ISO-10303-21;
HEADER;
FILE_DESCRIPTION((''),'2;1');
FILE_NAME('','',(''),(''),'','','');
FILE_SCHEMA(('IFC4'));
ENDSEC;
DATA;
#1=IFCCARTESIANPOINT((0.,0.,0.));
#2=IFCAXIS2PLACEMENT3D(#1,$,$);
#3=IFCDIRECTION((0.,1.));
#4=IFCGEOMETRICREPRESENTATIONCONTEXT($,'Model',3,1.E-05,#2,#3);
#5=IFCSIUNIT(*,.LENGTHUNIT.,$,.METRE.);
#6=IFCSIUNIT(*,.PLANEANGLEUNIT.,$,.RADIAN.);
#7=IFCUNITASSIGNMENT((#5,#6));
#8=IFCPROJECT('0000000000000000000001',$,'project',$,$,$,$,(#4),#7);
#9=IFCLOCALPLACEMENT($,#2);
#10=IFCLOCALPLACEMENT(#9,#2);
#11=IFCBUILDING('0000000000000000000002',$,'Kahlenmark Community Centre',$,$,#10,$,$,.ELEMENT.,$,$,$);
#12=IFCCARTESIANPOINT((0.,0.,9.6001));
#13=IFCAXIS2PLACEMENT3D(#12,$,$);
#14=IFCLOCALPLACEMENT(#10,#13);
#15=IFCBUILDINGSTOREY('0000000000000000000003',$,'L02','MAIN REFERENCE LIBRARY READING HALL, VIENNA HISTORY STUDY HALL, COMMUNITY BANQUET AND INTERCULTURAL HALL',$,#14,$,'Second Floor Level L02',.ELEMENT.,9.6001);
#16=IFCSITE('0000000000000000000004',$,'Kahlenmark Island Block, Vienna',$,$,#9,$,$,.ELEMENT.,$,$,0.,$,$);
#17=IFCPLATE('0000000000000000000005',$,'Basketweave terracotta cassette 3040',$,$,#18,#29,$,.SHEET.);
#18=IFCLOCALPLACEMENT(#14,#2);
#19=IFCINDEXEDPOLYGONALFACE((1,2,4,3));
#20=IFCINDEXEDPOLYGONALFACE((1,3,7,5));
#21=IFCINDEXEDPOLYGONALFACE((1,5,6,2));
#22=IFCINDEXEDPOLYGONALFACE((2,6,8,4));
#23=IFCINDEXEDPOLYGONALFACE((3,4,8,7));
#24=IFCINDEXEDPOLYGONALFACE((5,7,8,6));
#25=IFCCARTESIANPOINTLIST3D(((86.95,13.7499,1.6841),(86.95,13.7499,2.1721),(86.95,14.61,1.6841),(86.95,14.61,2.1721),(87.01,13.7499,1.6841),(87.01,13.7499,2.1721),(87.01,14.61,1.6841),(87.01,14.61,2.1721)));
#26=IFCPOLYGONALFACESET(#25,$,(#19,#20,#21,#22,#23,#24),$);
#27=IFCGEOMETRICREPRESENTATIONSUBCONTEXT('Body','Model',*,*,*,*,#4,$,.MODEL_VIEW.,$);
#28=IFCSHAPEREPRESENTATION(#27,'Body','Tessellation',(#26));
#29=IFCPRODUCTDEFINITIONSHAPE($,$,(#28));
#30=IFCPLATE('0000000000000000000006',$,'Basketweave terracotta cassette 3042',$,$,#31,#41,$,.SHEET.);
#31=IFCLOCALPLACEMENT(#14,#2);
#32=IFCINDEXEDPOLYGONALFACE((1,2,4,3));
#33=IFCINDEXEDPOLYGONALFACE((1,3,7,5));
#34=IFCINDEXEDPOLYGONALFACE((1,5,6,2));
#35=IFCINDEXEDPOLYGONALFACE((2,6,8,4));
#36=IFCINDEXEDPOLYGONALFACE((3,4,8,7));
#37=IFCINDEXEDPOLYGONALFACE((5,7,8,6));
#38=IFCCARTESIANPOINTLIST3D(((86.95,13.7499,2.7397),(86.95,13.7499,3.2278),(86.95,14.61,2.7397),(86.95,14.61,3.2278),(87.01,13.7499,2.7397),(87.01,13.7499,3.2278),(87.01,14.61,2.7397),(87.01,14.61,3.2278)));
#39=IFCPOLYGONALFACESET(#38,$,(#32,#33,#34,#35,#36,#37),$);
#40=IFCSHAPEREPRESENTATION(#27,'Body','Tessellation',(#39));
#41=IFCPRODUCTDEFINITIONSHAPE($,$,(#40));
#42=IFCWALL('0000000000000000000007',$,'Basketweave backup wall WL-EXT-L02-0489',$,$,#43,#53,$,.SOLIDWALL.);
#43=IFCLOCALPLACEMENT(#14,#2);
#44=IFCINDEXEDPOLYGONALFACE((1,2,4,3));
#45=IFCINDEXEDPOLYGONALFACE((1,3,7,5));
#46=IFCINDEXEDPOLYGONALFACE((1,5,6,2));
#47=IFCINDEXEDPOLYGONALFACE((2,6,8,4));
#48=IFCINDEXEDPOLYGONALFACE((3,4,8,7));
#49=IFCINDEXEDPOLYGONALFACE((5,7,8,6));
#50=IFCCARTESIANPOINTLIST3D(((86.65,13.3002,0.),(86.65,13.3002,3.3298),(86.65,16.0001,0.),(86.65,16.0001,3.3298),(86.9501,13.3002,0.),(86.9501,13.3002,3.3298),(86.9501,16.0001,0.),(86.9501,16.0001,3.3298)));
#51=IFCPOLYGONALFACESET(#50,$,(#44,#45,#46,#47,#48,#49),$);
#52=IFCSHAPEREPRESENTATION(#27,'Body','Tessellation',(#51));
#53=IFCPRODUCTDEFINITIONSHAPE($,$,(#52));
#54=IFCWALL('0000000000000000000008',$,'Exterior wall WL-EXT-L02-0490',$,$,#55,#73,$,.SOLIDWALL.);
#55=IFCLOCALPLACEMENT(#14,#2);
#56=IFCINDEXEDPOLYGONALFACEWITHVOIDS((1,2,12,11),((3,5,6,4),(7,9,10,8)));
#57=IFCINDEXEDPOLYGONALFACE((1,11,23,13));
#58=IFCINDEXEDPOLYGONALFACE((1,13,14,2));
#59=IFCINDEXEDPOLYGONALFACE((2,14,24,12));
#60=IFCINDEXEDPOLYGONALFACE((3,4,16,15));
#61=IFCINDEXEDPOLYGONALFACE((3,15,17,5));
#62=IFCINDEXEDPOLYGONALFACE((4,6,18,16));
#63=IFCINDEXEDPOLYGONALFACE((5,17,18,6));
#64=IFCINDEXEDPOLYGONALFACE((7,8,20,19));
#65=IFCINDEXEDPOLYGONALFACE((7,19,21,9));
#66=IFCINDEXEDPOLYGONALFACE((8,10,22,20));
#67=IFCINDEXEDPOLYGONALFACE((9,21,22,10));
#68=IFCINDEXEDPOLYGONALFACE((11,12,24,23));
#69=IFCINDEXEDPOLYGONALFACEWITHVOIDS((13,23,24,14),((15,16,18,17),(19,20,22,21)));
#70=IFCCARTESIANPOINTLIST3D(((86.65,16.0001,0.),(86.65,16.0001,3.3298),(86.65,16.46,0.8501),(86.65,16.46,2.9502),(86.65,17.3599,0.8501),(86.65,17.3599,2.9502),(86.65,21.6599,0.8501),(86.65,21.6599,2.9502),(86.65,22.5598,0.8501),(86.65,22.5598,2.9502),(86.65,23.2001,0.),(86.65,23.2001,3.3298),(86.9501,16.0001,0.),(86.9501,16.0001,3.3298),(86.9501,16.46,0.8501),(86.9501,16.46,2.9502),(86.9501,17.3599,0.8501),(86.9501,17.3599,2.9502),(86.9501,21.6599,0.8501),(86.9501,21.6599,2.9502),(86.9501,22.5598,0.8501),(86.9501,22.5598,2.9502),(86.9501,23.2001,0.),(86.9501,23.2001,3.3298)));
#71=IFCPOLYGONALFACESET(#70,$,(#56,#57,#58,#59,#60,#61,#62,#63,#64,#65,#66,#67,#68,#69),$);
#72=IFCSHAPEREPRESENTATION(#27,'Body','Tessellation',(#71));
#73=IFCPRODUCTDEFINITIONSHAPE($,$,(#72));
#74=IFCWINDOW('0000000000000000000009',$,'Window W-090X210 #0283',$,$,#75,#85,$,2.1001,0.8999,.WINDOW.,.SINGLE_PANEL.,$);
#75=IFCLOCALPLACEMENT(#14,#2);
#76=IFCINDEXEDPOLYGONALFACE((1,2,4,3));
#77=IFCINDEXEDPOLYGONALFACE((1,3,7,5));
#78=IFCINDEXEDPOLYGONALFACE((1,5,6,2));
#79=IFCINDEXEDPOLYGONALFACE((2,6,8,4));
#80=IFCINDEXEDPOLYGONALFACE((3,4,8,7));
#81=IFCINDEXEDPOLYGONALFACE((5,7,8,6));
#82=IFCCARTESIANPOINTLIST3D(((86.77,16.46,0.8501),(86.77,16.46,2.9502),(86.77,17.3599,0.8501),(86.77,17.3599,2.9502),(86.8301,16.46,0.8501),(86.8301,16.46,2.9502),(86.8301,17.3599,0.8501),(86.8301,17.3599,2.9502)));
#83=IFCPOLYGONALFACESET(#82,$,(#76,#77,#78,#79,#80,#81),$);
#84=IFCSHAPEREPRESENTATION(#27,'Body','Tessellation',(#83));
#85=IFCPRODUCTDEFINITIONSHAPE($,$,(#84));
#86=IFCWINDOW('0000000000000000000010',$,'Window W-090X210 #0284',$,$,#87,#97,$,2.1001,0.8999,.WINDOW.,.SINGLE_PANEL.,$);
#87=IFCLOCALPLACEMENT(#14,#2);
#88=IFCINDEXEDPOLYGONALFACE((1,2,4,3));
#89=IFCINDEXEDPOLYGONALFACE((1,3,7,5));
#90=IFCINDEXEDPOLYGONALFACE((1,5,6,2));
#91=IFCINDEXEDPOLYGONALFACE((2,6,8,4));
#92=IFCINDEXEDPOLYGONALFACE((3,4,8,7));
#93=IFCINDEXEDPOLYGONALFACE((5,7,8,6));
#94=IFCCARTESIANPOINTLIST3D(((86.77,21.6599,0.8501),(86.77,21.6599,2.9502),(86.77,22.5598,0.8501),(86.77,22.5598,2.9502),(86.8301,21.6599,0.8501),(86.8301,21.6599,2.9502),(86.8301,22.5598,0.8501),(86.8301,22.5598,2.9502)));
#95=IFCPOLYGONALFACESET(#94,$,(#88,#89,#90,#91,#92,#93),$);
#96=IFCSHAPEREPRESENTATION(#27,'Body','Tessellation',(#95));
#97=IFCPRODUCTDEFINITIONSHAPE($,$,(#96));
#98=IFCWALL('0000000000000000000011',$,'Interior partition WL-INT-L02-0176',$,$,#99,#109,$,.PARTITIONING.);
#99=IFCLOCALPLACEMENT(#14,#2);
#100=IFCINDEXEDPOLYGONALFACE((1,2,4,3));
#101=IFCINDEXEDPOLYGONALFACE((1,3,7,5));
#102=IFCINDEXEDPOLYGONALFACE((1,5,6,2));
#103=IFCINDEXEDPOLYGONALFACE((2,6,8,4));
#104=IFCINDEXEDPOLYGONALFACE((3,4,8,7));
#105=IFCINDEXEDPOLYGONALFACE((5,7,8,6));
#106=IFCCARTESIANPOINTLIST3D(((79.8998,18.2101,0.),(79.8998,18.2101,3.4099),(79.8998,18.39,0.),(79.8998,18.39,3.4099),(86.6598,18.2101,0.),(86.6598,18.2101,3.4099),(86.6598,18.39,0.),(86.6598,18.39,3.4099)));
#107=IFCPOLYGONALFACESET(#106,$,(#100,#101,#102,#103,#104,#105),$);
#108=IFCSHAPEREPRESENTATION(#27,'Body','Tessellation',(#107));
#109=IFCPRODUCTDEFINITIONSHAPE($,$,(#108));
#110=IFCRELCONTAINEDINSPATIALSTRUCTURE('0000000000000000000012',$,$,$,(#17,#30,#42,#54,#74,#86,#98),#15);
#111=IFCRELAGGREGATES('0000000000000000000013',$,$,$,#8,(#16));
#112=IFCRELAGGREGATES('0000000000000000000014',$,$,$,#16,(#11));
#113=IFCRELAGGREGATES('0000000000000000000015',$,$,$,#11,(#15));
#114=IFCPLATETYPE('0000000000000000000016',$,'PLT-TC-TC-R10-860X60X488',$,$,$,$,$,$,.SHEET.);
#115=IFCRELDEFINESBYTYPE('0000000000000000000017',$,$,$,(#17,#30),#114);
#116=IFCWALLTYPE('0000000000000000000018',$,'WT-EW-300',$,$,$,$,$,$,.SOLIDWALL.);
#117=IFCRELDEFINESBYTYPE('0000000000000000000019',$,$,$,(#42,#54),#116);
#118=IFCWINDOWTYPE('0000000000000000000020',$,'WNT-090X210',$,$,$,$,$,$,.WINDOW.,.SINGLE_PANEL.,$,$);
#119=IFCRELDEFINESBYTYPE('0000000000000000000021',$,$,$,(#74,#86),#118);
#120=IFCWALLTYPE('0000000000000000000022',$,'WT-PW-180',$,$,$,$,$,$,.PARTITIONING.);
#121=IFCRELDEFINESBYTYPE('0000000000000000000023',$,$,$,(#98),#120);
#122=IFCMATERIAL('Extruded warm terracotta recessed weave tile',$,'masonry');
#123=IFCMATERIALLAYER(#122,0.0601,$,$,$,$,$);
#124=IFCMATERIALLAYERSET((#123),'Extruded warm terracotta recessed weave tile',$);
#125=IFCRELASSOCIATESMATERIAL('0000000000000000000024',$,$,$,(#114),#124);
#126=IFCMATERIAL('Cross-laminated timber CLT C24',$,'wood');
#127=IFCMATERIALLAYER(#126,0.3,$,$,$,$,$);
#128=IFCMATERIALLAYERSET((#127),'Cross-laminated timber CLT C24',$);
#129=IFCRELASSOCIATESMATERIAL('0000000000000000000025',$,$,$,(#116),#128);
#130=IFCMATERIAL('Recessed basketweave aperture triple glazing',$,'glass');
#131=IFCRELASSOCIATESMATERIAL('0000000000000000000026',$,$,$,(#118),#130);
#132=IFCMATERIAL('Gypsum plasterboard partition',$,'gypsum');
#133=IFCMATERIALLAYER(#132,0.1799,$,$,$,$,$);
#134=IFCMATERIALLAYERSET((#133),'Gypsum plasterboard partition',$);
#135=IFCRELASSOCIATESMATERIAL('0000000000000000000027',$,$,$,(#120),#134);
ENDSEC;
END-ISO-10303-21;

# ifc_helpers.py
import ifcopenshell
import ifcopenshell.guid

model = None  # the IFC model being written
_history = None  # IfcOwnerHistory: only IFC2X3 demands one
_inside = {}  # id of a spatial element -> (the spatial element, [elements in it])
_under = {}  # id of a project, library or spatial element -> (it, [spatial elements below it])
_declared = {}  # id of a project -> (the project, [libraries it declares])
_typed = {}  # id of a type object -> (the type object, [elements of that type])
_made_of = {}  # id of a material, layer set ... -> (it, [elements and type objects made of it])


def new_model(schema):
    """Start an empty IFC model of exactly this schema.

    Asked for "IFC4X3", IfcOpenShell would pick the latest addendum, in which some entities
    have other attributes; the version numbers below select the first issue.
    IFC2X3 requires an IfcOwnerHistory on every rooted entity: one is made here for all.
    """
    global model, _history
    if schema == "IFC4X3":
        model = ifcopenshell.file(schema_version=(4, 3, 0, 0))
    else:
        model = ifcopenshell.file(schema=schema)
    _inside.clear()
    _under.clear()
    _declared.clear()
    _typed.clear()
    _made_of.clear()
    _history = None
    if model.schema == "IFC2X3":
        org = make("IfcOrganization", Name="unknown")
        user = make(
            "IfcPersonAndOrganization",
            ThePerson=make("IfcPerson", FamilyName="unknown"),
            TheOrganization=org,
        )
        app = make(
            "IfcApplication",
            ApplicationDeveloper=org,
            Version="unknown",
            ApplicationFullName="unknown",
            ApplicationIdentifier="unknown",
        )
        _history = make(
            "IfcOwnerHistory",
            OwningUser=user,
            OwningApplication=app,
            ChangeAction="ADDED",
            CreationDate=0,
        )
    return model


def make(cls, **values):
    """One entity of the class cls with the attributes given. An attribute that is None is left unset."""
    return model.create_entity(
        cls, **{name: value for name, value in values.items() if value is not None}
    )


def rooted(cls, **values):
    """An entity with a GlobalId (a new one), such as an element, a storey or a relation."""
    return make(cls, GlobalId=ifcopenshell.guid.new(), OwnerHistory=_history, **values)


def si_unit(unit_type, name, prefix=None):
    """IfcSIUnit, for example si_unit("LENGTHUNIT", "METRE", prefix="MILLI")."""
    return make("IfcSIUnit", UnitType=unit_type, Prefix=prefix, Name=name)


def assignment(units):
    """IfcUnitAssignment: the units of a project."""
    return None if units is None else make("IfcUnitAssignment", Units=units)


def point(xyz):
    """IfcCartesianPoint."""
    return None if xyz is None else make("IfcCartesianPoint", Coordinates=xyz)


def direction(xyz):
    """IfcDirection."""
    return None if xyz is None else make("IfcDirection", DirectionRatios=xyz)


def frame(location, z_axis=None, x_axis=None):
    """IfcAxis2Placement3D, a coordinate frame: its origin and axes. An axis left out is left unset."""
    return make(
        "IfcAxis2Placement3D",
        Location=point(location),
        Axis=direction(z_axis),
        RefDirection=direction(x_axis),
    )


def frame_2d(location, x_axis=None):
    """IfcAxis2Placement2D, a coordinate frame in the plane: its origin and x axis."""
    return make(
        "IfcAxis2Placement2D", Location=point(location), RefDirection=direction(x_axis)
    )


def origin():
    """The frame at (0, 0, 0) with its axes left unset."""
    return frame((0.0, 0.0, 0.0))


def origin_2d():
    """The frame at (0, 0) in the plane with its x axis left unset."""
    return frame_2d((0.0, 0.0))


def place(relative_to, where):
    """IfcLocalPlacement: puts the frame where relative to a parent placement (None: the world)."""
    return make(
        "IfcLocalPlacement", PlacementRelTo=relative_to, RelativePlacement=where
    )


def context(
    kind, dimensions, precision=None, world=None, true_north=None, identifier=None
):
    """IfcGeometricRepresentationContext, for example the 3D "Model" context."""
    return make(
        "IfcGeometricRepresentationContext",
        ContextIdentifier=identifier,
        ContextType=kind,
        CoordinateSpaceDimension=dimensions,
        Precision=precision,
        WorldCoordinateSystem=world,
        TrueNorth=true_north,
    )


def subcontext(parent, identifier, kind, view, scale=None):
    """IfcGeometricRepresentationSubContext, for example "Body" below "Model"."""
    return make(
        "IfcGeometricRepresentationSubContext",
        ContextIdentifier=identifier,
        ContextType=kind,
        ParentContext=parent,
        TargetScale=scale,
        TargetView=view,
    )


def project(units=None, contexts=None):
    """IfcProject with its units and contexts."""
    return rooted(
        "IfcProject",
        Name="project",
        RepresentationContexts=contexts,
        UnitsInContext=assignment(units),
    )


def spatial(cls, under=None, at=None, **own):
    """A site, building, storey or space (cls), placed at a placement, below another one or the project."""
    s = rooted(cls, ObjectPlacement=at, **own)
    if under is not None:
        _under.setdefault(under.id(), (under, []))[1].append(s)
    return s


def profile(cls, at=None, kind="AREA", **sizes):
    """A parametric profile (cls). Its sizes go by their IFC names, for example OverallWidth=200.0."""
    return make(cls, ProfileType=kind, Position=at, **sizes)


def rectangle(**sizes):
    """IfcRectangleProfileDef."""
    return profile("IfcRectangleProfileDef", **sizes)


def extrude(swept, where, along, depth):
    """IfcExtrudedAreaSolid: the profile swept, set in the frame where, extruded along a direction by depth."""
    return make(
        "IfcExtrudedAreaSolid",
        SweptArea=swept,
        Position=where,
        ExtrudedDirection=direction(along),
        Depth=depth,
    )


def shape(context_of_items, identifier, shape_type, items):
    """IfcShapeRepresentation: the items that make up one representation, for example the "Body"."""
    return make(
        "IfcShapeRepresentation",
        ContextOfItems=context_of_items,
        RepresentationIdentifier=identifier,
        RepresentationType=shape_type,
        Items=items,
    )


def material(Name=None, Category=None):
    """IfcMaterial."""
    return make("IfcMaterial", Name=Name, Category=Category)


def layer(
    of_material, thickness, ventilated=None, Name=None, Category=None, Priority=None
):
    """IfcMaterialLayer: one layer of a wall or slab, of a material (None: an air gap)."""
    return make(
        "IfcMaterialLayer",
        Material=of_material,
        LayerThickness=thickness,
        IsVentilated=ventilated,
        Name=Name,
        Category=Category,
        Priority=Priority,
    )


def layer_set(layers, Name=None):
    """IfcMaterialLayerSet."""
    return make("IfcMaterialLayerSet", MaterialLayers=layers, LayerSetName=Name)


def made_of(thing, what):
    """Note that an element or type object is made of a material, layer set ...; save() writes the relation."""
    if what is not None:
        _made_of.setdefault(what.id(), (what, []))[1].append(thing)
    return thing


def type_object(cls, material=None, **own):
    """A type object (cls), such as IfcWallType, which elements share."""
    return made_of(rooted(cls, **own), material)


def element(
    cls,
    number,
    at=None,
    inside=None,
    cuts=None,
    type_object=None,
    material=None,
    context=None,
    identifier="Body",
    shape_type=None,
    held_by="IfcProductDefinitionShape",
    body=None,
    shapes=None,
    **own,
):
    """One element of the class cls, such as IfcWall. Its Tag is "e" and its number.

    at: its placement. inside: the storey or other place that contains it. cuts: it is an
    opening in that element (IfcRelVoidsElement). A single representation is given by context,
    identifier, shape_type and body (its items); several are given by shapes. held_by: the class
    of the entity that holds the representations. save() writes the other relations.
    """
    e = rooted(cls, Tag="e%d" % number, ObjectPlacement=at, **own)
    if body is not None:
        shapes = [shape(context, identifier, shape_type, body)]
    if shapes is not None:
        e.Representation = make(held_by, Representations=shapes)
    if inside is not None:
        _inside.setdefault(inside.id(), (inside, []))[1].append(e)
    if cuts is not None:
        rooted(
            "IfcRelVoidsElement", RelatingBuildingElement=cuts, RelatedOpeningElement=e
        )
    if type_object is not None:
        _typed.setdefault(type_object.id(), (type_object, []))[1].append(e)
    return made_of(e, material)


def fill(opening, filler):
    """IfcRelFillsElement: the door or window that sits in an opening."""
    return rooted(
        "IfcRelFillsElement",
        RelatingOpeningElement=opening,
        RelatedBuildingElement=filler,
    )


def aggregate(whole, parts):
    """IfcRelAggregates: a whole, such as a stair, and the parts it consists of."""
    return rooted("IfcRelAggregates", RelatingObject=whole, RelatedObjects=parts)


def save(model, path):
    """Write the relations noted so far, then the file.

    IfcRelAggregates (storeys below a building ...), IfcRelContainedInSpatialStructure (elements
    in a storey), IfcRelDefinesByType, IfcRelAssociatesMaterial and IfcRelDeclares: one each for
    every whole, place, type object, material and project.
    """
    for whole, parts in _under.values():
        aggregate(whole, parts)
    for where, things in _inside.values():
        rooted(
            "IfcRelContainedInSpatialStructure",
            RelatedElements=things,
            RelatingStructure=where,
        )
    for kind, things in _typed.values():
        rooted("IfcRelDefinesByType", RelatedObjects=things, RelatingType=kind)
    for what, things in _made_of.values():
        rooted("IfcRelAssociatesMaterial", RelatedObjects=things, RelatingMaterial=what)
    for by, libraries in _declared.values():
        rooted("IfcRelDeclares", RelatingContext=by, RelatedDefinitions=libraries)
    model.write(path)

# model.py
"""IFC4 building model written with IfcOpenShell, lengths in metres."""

from ifc_helpers import new_model, si_unit, direction, frame, frame_2d, origin, origin_2d, place, context, subcontext, project, spatial, rectangle, extrude, material, layer, layer_set, type_object, element, fill, save


model = new_model("IFC4")

# Units and contexts
model_context = context("Model", 3, precision=1e-05, world=origin(), true_north=direction((0.0, 1.0)))
body_context = subcontext(model_context, "Body", "Model", "MODEL_VIEW")
ifc_project = project(units=[si_unit("LENGTHUNIT", "METRE"), si_unit("PLANEANGLEUNIT", "RADIAN")], contexts=[model_context])

# Site, building, storey
site_placement = place(None, origin())
site = spatial("IfcSite", under=ifc_project, at=site_placement, Name="Kahlenmark Island Block, Vienna", CompositionType="ELEMENT", RefElevation=0.0)
building_placement = place(site_placement, origin())
building = spatial("IfcBuilding", under=site, at=building_placement, Name="Kahlenmark Community Centre", CompositionType="ELEMENT")
storey_placement = place(building_placement, frame((0.0, 0.0, 9.6001)))
storey = spatial("IfcBuildingStorey", under=building, at=storey_placement, Name="L02", Description="MAIN REFERENCE LIBRARY READING HALL, VIENNA HISTORY STUDY HALL, COMMUNITY BANQUET AND INTERCULTURAL HALL", LongName="Second Floor Level L02", CompositionType="ELEMENT", Elevation=9.6001)

# Plates
ifc_material_1 = material(Name="Extruded warm terracotta recessed weave tile", Category="masonry")
ifc_layer_1 = layer(ifc_material_1, 0.0601)
ifc_layer_set_1 = layer_set([ifc_layer_1], Name="Extruded warm terracotta recessed weave tile")
plate_type_1 = type_object("IfcPlateType", Name="PLT-TC-TC-R10-860X60X488", PredefinedType="SHEET", material=ifc_layer_set_1)
for number, where, z_axis, x_axis, name in (
    (1, (86.98, 14.1799, 1.6841), (0.0, 0.0, 1.0), (0.0, 1.0, 0.0), "Basketweave terracotta cassette 3040"),
    (2, (86.98, 14.1799, 2.7397), (0.0, 0.0, 1.0), (0.0, 1.0, 0.0), "Basketweave terracotta cassette 3042"),
):
    element("IfcPlate", number, at=place(storey_placement, frame(where, z_axis=z_axis, x_axis=x_axis)), inside=storey, type_object=plate_type_1, Name=name, PredefinedType="SHEET", context=body_context, shape_type="SweptSolid", body=[
        extrude(rectangle(XDim=0.8601, YDim=0.0601, at=origin_2d()), origin(), (0.0, 0.0, 1.0), 0.488),
    ])

# Wall
ifc_material_2 = material(Name="Cross-laminated timber CLT C24", Category="wood")
ifc_layer_2 = layer(ifc_material_2, 0.3)
ifc_layer_set_2 = layer_set([ifc_layer_2], Name="Cross-laminated timber CLT C24")
wall_type_1 = type_object("IfcWallType", Name="WT-EW-300", PredefinedType="SOLIDWALL", material=ifc_layer_set_2)
wall_1_placement = place(storey_placement, frame((86.8, 13.3, 0.0), z_axis=(0.0, 0.0, 1.0), x_axis=(0.0, 1.0, 0.0)))
element("IfcWall", 3, at=wall_1_placement, inside=storey, type_object=wall_type_1, Name="Basketweave backup wall WL-EXT-L02-0489", PredefinedType="SOLIDWALL", context=body_context, shape_type="SweptSolid", body=[
    extrude(rectangle(XDim=2.7, YDim=0.3, at=frame_2d((1.3501, 0.0))), origin(), (0.0, 0.0, 1.0), 3.3298),
])

# Wall, openings, windows
wall_2_placement = place(storey_placement, frame((86.8, 16.0, 0.0), z_axis=(0.0, 0.0, 1.0), x_axis=(0.0, 1.0, 0.0)))
wall_2 = element("IfcWall", 4, at=wall_2_placement, inside=storey, type_object=wall_type_1, Name="Exterior wall WL-EXT-L02-0490", PredefinedType="SOLIDWALL", context=body_context, shape_type="SweptSolid", body=[
    extrude(rectangle(XDim=7.2, YDim=0.3, at=frame_2d((3.6001, 0.0))), origin(), (0.0, 0.0, 1.0), 3.3298),
])
opening_1_placement = place(wall_2_placement, frame((0.46, 0.0, 0.8501)))
opening_1 = element("IfcOpeningElement", 5, at=opening_1_placement, cuts=wall_2, PredefinedType="OPENING", context=body_context, shape_type="SweptSolid", body=[
    extrude(rectangle(XDim=0.8999, YDim=2.1001, at=frame_2d((0.45, 1.05))), frame((0.0, 0.1599, 0.0), z_axis=(0.0, -1.0, 0.0), x_axis=(1.0, 0.0, 0.0)), (0.0, 0.0, 1.0), 0.3201),
])
opening_2_placement = place(wall_2_placement, frame((5.6599, 0.0, 0.8501)))
opening_2 = element("IfcOpeningElement", 6, at=opening_2_placement, cuts=wall_2, PredefinedType="OPENING", context=body_context, shape_type="SweptSolid", body=[
    extrude(rectangle(XDim=0.8999, YDim=2.1001, at=frame_2d((0.45, 1.05))), frame((0.0, 0.1599, 0.0), z_axis=(0.0, -1.0, 0.0), x_axis=(1.0, 0.0, 0.0)), (0.0, 0.0, 1.0), 0.3201),
])
ifc_material_3 = material(Name="Recessed basketweave aperture triple glazing", Category="glass")
window_type = type_object("IfcWindowType", Name="WNT-090X210", PartitioningType="SINGLE_PANEL", PredefinedType="WINDOW", material=ifc_material_3)
window_1_placement = place(opening_1_placement, origin())
window_1 = element("IfcWindow", 7, at=window_1_placement, inside=storey, type_object=window_type, Name="Window W-090X210 #0283", OverallHeight=2.1001, OverallWidth=0.8999, PartitioningType="SINGLE_PANEL", PredefinedType="WINDOW", context=body_context, shape_type="SweptSolid", body=[
    extrude(rectangle(XDim=0.8999, YDim=2.1001, at=frame_2d((0.45, 1.05))), frame((0.0, 0.03, 0.0), z_axis=(0.0, -1.0, 0.0), x_axis=(1.0, 0.0, 0.0)), (0.0, 0.0, 1.0), 0.0601),
])
fill(opening_1, window_1)
window_2_placement = place(opening_2_placement, origin())
window_2 = element("IfcWindow", 8, at=window_2_placement, inside=storey, type_object=window_type, Name="Window W-090X210 #0284", OverallHeight=2.1001, OverallWidth=0.8999, PartitioningType="SINGLE_PANEL", PredefinedType="WINDOW", context=body_context, shape_type="SweptSolid", body=[
    extrude(rectangle(XDim=0.8999, YDim=2.1001, at=frame_2d((0.45, 1.05))), frame((0.0, 0.03, 0.0), z_axis=(0.0, -1.0, 0.0), x_axis=(1.0, 0.0, 0.0)), (0.0, 0.0, 1.0), 0.0601),
])
fill(opening_2, window_2)

# Shared definitions
ifc_material_4 = material(Name="Gypsum plasterboard partition", Category="gypsum")
ifc_layer_3 = layer(ifc_material_4, 0.1799)
ifc_layer_set_3 = layer_set([ifc_layer_3], Name="Gypsum plasterboard partition")
wall_type_2 = type_object("IfcWallType", Name="WT-PW-180", PredefinedType="PARTITIONING", material=ifc_layer_set_3)

# Wall
wall_3_placement = place(storey_placement, frame((79.8999, 18.3, 0.0), z_axis=(0.0, 0.0, 1.0), x_axis=(1.0, 0.0, 0.0)))
element("IfcWall", 9, at=wall_3_placement, inside=storey, type_object=wall_type_2, Name="Interior partition WL-INT-L02-0176", PredefinedType="PARTITIONING", context=body_context, shape_type="SweptSolid", body=[
    extrude(rectangle(XDim=6.76, YDim=0.1799, at=frame_2d((3.3799, 0.0))), origin(), (0.0, 0.0, 1.0), 3.4099),
])

save(model, "model.ifc")
